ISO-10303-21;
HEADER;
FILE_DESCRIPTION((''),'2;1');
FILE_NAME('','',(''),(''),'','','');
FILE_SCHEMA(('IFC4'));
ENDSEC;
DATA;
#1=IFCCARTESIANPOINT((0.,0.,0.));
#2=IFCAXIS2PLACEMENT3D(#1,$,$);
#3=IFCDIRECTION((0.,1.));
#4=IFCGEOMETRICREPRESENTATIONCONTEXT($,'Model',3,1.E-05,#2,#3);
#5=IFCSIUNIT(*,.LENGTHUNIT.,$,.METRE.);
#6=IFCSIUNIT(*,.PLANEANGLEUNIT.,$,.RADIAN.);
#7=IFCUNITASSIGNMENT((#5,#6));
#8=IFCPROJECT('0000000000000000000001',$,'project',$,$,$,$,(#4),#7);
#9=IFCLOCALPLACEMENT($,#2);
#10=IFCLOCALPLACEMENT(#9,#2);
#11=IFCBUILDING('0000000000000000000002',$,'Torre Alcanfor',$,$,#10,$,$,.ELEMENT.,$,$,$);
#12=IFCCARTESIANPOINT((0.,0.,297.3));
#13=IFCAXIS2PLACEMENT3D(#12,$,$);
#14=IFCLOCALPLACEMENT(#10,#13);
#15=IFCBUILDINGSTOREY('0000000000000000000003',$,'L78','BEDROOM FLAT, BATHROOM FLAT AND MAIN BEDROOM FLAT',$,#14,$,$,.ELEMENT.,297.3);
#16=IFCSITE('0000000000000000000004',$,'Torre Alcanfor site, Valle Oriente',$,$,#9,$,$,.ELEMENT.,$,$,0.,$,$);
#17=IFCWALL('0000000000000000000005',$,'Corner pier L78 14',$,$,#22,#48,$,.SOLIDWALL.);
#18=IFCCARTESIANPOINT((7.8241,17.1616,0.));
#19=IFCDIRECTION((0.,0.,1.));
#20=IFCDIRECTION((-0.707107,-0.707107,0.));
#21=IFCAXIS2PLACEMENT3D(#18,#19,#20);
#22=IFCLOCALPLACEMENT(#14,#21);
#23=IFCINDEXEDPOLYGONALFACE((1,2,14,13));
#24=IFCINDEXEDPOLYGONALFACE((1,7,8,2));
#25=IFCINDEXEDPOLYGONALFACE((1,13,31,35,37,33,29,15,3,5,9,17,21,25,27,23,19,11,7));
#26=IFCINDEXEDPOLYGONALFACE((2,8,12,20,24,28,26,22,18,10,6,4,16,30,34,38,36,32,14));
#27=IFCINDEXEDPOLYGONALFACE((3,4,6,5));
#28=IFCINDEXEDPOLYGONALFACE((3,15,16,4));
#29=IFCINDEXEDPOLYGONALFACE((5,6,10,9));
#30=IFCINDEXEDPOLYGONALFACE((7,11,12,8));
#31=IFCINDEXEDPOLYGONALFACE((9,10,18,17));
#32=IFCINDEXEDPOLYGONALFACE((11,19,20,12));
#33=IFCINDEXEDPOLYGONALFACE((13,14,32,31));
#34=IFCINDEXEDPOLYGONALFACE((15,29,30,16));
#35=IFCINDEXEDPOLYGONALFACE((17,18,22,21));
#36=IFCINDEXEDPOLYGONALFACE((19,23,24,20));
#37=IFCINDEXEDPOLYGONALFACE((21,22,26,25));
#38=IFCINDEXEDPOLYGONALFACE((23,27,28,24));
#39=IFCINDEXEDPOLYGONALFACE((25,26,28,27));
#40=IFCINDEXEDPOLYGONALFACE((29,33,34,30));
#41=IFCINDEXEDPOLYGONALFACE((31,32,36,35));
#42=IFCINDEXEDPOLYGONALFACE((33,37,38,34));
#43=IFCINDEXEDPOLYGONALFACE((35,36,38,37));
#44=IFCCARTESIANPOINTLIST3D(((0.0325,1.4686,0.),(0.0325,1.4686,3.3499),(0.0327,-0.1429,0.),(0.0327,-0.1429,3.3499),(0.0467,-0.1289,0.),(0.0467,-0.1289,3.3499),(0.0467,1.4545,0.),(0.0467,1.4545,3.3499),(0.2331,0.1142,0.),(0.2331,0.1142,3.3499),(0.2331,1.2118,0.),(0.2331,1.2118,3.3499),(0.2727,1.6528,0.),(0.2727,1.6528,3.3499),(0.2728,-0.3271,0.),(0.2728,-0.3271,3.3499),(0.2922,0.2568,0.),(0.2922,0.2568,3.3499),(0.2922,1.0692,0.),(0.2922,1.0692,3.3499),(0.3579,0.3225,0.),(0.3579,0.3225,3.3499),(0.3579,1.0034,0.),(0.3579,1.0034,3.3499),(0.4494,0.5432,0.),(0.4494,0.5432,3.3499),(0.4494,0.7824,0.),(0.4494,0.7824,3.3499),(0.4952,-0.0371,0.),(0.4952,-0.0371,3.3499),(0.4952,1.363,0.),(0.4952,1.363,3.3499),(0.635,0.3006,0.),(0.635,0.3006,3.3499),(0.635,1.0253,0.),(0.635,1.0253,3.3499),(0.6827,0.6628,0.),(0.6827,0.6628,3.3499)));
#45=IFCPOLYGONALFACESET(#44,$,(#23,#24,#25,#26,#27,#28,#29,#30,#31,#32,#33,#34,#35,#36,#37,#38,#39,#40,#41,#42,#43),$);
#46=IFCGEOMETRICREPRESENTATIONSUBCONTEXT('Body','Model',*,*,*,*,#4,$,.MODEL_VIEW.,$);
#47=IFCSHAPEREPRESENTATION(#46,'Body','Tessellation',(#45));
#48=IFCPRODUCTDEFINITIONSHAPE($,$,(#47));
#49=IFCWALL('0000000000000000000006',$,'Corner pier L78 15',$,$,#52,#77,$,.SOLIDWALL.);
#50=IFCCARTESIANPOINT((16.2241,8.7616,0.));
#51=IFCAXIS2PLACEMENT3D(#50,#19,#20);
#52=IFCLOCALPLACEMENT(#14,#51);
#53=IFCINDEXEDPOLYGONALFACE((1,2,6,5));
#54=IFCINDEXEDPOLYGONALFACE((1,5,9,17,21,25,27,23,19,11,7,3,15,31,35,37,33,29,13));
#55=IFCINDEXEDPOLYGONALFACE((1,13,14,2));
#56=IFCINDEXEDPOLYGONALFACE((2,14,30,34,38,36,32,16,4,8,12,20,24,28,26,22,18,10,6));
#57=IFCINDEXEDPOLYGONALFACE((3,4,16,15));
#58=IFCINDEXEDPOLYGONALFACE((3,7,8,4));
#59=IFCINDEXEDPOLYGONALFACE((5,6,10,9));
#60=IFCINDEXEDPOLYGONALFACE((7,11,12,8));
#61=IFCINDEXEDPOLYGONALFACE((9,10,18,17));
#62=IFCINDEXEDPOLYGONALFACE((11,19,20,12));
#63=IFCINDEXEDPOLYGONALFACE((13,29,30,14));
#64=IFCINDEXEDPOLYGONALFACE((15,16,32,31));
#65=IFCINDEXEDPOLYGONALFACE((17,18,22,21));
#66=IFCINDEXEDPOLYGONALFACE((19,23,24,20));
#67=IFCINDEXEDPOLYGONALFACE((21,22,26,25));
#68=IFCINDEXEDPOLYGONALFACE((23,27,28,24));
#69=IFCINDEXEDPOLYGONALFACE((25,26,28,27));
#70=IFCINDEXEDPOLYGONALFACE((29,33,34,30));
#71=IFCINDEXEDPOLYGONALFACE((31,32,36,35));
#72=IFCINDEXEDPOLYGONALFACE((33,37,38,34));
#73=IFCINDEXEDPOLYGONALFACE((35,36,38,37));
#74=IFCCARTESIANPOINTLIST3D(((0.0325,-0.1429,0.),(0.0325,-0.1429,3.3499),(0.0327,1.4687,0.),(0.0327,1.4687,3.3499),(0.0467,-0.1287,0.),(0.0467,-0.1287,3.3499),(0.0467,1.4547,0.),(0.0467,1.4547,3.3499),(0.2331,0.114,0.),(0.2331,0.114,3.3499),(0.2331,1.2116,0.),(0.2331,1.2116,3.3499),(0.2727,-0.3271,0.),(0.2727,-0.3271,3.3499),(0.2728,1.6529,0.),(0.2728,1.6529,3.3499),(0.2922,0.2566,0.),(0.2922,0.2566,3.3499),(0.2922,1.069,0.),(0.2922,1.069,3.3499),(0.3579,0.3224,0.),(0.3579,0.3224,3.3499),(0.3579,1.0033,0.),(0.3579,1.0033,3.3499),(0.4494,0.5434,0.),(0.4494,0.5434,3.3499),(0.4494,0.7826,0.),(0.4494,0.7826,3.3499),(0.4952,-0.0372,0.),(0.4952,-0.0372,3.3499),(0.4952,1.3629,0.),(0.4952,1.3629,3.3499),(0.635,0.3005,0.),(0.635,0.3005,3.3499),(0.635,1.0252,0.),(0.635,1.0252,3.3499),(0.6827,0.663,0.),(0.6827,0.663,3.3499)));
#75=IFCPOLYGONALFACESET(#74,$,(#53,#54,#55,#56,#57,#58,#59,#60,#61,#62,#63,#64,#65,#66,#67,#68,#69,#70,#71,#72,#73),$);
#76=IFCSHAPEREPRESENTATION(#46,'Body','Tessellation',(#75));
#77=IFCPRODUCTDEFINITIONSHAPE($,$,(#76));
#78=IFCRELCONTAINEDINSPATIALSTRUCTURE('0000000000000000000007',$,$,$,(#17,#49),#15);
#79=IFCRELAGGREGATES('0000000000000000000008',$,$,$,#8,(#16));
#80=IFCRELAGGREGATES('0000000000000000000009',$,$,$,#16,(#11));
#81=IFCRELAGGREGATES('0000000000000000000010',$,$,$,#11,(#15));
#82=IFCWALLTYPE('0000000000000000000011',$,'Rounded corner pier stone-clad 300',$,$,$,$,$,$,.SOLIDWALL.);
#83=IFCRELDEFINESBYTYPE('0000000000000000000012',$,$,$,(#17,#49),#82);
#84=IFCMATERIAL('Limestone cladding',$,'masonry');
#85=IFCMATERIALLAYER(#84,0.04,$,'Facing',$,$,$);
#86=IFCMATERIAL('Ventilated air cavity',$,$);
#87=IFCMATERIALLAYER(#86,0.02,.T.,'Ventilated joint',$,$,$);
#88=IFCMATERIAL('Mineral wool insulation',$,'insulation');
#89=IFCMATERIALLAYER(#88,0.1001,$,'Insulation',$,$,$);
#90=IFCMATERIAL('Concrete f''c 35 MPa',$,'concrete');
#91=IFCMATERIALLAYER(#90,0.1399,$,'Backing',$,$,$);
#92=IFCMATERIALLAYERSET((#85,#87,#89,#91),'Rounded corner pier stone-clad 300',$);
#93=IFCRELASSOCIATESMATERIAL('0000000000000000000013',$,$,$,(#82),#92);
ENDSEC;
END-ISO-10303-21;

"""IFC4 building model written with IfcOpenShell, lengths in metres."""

from ifc_helpers import new_model, si_unit, direction, frame, origin, place, context, subcontext, project, spatial, polyline, outline, extrude, material, layer, layer_set, type_object, element, save


model = new_model("IFC4")

# Units and contexts
model_context = context("Model", 3, precision=1e-05, world=origin(), true_north=direction((0.0, 1.0)))
body_context = subcontext(model_context, "Body", "Model", "MODEL_VIEW")
ifc_project = project(units=[si_unit("LENGTHUNIT", "METRE"), si_unit("PLANEANGLEUNIT", "RADIAN")], contexts=[model_context])

# Site, building, storey
site_placement = place(None, origin())
site = spatial("IfcSite", under=ifc_project, at=site_placement, Name="Torre Alcanfor site, Valle Oriente", CompositionType="ELEMENT", RefElevation=0.0)
building_placement = place(site_placement, origin())
building = spatial("IfcBuilding", under=site, at=building_placement, Name="Torre Alcanfor", CompositionType="ELEMENT")
storey_placement = place(building_placement, frame((0.0, 0.0, 297.3)))
storey = spatial("IfcBuildingStorey", under=building, at=storey_placement, Name="L78", Description="BEDROOM FLAT, BATHROOM FLAT AND MAIN BEDROOM FLAT", CompositionType="ELEMENT", Elevation=297.3)

# Shared definitions
ifc_material_1 = material(Name="Limestone cladding", Category="masonry")
ifc_material_2 = material(Name="Ventilated air cavity")
ifc_material_3 = material(Name="Mineral wool insulation", Category="insulation")
ifc_material_4 = material(Name="Concrete f'c 35 MPa", Category="concrete")

# Walls
ifc_layer_1 = layer(ifc_material_1, 0.04, Name="Facing")
ifc_layer_2 = layer(ifc_material_2, 0.02, ventilated=True, Name="Ventilated joint")
ifc_layer_3 = layer(ifc_material_3, 0.1001, Name="Insulation")
ifc_layer_4 = layer(ifc_material_4, 0.1399, Name="Backing")
ifc_layer_set_1 = layer_set([ifc_layer_1, ifc_layer_2, ifc_layer_3, ifc_layer_4], Name="Rounded corner pier stone-clad 300")
wall_type_1 = type_object("IfcWallType", Name="Rounded corner pier stone-clad 300", PredefinedType="SOLIDWALL", material=ifc_layer_set_1)
wall_1_placement = place(storey_placement, frame((7.8241, 17.1616, 0.0), z_axis=(0.0, 0.0, 1.0), x_axis=(-0.707107, -0.707107, 0.0)))
element("IfcWall", 1, at=wall_1_placement, inside=storey, type_object=wall_type_1, Name="Corner pier L78 14", PredefinedType="SOLIDWALL", context=body_context, shape_type="SweptSolid", body=[
    extrude(outline(polyline([(0.0467, 1.4545), (0.2331, 1.2118), (0.2922, 1.0692), (0.3579, 1.0034), (0.4494, 0.7824), (0.4494, 0.5432), (0.3579, 0.3225), (0.2922, 0.2568), (0.2331, 0.1142), (0.0467, -0.1289), (0.0327, -0.1429), (0.2728, -0.3271), (0.4952, -0.0371), (0.635, 0.3006), (0.6827, 0.6628), (0.635, 1.0253), (0.4952, 1.363), (0.2727, 1.6528), (0.0325, 1.4686), (0.0467, 1.4545)])), origin(), (0.0, 0.0, 1.0), 3.3499),
])
wall_2_placement = place(storey_placement, frame((16.2241, 8.7616, 0.0), z_axis=(0.0, 0.0, 1.0), x_axis=(-0.707107, -0.707107, 0.0)))
element("IfcWall", 2, at=wall_2_placement, inside=storey, type_object=wall_type_1, Name="Corner pier L78 15", PredefinedType="SOLIDWALL", context=body_context, shape_type="SweptSolid", body=[
    extrude(outline(polyline([(0.0327, 1.4687), (0.0467, 1.4547), (0.2331, 1.2116), (0.2922, 1.069), (0.3579, 1.0033), (0.4494, 0.7826), (0.4494, 0.5434), (0.3579, 0.3224), (0.2922, 0.2566), (0.2331, 0.114), (0.0467, -0.1287), (0.0325, -0.1429), (0.2727, -0.3271), (0.4952, -0.0372), (0.635, 0.3005), (0.6827, 0.663), (0.635, 1.0252), (0.4952, 1.3629), (0.2728, 1.6529), (0.0327, 1.4687)])), origin(), (0.0, 0.0, 1.0), 3.3499),
])

save(model, "model.ifc")
